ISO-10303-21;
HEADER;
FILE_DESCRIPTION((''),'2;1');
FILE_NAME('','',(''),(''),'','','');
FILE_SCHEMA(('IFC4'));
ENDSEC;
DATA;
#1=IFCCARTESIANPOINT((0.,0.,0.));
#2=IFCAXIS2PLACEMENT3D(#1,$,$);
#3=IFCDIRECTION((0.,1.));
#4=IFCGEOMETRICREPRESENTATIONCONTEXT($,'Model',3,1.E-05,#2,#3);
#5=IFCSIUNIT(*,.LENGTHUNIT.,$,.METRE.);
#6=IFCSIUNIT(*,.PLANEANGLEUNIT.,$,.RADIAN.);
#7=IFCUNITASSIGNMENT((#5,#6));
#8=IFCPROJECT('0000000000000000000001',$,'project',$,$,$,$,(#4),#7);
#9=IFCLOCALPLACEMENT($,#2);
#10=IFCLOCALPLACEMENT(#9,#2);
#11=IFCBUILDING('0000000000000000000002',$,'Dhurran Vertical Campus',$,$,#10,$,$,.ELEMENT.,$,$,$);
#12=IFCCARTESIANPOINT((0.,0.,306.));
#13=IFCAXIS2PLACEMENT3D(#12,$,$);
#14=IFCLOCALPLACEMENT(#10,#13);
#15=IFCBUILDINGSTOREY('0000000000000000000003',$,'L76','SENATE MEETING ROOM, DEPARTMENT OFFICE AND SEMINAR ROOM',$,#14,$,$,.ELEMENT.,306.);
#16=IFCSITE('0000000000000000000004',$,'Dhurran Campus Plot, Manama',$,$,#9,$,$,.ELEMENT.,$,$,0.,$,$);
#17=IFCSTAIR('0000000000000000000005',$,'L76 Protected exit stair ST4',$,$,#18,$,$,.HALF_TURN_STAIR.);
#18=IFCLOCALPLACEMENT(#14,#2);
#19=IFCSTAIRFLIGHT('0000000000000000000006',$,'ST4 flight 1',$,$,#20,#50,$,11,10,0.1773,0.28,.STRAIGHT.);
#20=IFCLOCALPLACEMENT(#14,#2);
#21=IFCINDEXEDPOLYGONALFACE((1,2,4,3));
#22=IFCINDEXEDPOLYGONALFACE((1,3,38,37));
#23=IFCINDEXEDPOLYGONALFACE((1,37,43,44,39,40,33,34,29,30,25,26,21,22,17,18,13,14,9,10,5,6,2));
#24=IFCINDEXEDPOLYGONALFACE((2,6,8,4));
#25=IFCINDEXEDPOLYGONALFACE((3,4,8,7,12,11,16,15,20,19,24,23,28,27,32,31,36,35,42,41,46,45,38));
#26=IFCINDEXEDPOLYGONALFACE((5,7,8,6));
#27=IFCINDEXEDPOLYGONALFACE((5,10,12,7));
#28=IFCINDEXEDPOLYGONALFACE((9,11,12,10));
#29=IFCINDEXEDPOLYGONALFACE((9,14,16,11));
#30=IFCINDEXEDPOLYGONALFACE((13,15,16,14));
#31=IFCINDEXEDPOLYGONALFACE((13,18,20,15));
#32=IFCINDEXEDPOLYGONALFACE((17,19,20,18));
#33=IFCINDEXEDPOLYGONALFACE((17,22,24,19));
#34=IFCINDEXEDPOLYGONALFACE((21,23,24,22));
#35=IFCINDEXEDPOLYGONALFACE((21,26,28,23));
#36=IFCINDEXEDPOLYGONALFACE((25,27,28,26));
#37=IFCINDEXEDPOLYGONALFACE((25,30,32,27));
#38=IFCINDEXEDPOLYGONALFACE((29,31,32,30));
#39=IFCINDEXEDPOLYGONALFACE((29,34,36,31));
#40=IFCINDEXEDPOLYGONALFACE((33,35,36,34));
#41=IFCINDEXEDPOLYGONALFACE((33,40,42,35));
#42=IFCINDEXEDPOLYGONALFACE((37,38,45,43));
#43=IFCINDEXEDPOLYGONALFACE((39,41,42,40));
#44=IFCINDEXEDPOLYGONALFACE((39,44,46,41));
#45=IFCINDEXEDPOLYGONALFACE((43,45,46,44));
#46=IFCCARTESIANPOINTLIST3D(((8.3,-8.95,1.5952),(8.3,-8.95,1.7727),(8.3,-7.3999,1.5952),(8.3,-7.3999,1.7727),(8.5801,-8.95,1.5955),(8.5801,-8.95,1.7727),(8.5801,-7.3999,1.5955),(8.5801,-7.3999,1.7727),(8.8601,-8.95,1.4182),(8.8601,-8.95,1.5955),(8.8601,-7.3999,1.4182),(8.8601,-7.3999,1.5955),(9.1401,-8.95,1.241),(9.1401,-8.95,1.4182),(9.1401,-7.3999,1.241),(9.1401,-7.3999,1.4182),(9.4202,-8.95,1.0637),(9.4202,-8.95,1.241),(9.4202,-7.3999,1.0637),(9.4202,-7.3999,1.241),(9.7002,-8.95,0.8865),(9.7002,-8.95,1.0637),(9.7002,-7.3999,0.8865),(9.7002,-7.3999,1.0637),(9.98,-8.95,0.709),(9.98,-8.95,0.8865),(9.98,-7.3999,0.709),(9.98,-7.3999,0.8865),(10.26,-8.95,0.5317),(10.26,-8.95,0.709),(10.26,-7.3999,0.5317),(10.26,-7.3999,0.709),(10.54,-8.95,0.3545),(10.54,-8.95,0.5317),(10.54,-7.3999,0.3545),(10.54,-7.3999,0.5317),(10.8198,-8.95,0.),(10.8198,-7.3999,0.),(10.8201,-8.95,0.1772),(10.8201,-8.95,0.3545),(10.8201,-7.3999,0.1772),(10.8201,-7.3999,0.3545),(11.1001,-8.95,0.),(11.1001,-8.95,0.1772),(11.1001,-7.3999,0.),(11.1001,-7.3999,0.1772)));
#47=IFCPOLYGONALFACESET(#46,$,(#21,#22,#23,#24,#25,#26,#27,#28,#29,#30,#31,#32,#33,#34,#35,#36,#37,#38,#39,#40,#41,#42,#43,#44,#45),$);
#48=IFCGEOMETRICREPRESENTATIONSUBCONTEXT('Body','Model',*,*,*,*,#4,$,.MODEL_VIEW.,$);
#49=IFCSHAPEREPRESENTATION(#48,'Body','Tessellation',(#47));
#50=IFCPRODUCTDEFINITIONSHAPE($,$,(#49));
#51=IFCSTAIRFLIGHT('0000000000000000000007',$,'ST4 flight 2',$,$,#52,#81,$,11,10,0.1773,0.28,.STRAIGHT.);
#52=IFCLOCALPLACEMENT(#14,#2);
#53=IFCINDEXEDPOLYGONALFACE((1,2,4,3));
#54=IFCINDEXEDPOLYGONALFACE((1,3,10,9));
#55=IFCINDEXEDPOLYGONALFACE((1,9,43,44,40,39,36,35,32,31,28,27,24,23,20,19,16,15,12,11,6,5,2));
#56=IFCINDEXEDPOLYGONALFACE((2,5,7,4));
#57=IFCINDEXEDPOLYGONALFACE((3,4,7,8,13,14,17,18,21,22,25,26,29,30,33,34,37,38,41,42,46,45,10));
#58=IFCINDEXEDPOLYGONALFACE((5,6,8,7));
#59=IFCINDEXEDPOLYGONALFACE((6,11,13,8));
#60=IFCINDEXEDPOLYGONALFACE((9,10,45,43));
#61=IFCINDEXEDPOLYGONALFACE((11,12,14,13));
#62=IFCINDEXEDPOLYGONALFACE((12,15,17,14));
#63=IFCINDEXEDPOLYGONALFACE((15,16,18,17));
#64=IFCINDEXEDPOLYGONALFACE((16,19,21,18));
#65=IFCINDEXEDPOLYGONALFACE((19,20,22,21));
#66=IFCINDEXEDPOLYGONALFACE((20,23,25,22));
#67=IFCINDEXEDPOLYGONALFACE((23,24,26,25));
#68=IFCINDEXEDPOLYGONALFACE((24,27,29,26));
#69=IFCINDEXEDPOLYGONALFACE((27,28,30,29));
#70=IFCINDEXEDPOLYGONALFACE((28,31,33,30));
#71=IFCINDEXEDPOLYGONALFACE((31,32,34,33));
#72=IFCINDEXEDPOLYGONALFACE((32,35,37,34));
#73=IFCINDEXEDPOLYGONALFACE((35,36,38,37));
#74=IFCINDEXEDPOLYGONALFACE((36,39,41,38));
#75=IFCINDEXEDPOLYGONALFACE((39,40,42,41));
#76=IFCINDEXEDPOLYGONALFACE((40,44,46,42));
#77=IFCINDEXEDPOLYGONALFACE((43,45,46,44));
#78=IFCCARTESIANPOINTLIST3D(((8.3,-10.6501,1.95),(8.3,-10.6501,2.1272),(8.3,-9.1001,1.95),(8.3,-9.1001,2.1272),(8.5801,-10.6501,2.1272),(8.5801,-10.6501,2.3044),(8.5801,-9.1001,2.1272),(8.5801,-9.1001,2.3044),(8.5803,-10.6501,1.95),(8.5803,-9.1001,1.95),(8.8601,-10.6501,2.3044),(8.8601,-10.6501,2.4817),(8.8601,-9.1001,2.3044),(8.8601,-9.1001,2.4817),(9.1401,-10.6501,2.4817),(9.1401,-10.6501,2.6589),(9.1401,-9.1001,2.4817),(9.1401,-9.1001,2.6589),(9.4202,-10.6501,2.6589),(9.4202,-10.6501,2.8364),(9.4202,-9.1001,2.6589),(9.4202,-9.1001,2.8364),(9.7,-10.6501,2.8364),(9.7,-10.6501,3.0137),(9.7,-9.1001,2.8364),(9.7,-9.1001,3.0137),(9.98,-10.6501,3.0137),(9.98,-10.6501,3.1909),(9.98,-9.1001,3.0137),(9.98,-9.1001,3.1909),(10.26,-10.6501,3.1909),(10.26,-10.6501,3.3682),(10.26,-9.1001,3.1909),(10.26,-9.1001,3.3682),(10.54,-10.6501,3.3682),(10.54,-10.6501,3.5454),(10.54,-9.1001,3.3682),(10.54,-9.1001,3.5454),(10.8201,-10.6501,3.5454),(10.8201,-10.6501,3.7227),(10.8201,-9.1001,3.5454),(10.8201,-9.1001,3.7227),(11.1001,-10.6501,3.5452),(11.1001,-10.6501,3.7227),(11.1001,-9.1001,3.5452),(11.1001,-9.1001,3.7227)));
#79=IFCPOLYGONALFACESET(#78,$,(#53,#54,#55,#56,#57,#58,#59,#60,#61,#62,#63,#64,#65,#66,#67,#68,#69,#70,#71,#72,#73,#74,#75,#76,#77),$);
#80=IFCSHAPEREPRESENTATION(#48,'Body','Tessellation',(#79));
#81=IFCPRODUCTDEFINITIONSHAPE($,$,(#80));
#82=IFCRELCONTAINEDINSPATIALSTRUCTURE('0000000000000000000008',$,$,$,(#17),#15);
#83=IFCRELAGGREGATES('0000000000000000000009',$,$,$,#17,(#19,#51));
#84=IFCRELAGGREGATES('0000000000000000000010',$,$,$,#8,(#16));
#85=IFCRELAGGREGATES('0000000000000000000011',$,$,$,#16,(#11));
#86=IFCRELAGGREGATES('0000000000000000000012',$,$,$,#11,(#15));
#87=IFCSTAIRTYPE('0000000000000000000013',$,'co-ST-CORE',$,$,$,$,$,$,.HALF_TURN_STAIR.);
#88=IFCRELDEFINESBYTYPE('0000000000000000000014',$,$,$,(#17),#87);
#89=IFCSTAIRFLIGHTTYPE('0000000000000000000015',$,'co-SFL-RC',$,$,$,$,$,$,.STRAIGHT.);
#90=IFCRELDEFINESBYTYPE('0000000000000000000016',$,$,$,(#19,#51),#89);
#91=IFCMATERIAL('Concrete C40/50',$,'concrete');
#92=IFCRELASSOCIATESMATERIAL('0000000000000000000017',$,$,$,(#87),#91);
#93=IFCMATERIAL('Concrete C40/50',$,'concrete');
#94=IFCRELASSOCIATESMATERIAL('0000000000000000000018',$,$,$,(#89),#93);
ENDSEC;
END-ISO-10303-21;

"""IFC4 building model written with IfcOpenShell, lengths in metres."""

from ifc_helpers import new_model, si_unit, direction, frame, origin, place, context, subcontext, project, spatial, polyline, outline, extrude, material, type_object, element, aggregate, save


model = new_model("IFC4")

# Units and contexts
model_context = context("Model", 3, precision=1e-05, world=origin(), true_north=direction((0.0, 1.0)))
body_context = subcontext(model_context, "Body", "Model", "MODEL_VIEW")
ifc_project = project(units=[si_unit("LENGTHUNIT", "METRE"), si_unit("PLANEANGLEUNIT", "RADIAN")], contexts=[model_context])

# Site, building, storey
site_placement = place(None, origin())
site = spatial("IfcSite", under=ifc_project, at=site_placement, Name="Dhurran Campus Plot, Manama", CompositionType="ELEMENT", RefElevation=0.0)
building_placement = place(site_placement, origin())
building = spatial("IfcBuilding", under=site, at=building_placement, Name="Dhurran Vertical Campus", CompositionType="ELEMENT")
storey_placement = place(building_placement, frame((0.0, 0.0, 306.0)))
storey = spatial("IfcBuildingStorey", under=building, at=storey_placement, Name="L76", Description="SENATE MEETING ROOM, DEPARTMENT OFFICE AND SEMINAR ROOM", CompositionType="ELEMENT", Elevation=306.0)

# Stair, stair flights
ifc_material_1 = material(Name="Concrete C40/50", Category="concrete")
stair_type = type_object("IfcStairType", Name="co-ST-CORE", PredefinedType="HALF_TURN_STAIR", material=ifc_material_1)
stair_placement = place(storey_placement, origin())
stair = element("IfcStair", 1, at=stair_placement, inside=storey, type_object=stair_type, Name="L76 Protected exit stair ST4", PredefinedType="HALF_TURN_STAIR")
ifc_material_2 = material(Name="Concrete C40/50", Category="concrete")
stair_flight_type = type_object("IfcStairFlightType", Name="co-SFL-RC", PredefinedType="STRAIGHT", material=ifc_material_2)
stair_flight_1_placement = place(storey_placement, frame((11.1001, -8.175, 0.0), z_axis=(0.0, 0.0, 1.0), x_axis=(-1.0, 0.0, 0.0)))
stair_flight_1 = element("IfcStairFlight", 2, at=stair_flight_1_placement, type_object=stair_flight_type, Name="ST4 flight 1", NumberOfRisers=11, NumberOfTreads=10, PredefinedType="STRAIGHT", RiserHeight=0.1773, TreadLength=0.28, context=body_context, shape_type="SweptSolid", body=[
    extrude(outline(polyline([(0.0, 0.0), (0.0, 0.1772), (0.28, 0.1772), (0.28, 0.3545), (0.5601, 0.3545), (0.5601, 0.5317), (0.8401, 0.5317), (0.8401, 0.709), (1.1201, 0.709), (1.1201, 0.8865), (1.3999, 0.8865), (1.3999, 1.0637), (1.6799, 1.0637), (1.6799, 1.241), (1.96, 1.241), (1.96, 1.4182), (2.24, 1.4182), (2.24, 1.5955), (2.52, 1.5955), (2.52, 1.7727), (2.8, 1.7727), (2.8, 1.95), (2.8, 1.5952), (0.2803, 0.0), (0.0, 0.0)])), frame((0.0, 0.7749, 0.0), z_axis=(0.0, -1.0, 0.0), x_axis=(1.0, 0.0, 0.0)), (0.0, 0.0, 1.0), 1.55),
])
stair_flight_2_placement = place(storey_placement, frame((8.3, -9.875, 1.95), z_axis=(0.0, 0.0, 1.0), x_axis=(1.0, 0.0, 0.0)))
stair_flight_2 = element("IfcStairFlight", 3, at=stair_flight_2_placement, type_object=stair_flight_type, Name="ST4 flight 2", NumberOfRisers=11, NumberOfTreads=10, PredefinedType="STRAIGHT", RiserHeight=0.1773, TreadLength=0.28, context=body_context, shape_type="SweptSolid", body=[
    extrude(outline(polyline([(0.0, 0.0), (0.0, 0.1772), (0.28, 0.1772), (0.28, 0.3545), (0.5601, 0.3545), (0.5601, 0.5317), (0.8401, 0.5317), (0.8401, 0.709), (1.1201, 0.709), (1.1201, 0.8865), (1.3999, 0.8865), (1.3999, 1.0637), (1.6799, 1.0637), (1.6799, 1.241), (1.96, 1.241), (1.96, 1.4182), (2.24, 1.4182), (2.24, 1.5955), (2.52, 1.5955), (2.52, 1.7727), (2.8, 1.7727), (2.8, 1.95), (2.8, 1.5952), (0.2803, 0.0), (0.0, 0.0)])), frame((0.0, 0.7749, 0.0), z_axis=(0.0, -1.0, 0.0), x_axis=(1.0, 0.0, 0.0)), (0.0, 0.0, 1.0), 1.55),
])
aggregate(stair, [stair_flight_1, stair_flight_2])

save(model, "model.ifc")
